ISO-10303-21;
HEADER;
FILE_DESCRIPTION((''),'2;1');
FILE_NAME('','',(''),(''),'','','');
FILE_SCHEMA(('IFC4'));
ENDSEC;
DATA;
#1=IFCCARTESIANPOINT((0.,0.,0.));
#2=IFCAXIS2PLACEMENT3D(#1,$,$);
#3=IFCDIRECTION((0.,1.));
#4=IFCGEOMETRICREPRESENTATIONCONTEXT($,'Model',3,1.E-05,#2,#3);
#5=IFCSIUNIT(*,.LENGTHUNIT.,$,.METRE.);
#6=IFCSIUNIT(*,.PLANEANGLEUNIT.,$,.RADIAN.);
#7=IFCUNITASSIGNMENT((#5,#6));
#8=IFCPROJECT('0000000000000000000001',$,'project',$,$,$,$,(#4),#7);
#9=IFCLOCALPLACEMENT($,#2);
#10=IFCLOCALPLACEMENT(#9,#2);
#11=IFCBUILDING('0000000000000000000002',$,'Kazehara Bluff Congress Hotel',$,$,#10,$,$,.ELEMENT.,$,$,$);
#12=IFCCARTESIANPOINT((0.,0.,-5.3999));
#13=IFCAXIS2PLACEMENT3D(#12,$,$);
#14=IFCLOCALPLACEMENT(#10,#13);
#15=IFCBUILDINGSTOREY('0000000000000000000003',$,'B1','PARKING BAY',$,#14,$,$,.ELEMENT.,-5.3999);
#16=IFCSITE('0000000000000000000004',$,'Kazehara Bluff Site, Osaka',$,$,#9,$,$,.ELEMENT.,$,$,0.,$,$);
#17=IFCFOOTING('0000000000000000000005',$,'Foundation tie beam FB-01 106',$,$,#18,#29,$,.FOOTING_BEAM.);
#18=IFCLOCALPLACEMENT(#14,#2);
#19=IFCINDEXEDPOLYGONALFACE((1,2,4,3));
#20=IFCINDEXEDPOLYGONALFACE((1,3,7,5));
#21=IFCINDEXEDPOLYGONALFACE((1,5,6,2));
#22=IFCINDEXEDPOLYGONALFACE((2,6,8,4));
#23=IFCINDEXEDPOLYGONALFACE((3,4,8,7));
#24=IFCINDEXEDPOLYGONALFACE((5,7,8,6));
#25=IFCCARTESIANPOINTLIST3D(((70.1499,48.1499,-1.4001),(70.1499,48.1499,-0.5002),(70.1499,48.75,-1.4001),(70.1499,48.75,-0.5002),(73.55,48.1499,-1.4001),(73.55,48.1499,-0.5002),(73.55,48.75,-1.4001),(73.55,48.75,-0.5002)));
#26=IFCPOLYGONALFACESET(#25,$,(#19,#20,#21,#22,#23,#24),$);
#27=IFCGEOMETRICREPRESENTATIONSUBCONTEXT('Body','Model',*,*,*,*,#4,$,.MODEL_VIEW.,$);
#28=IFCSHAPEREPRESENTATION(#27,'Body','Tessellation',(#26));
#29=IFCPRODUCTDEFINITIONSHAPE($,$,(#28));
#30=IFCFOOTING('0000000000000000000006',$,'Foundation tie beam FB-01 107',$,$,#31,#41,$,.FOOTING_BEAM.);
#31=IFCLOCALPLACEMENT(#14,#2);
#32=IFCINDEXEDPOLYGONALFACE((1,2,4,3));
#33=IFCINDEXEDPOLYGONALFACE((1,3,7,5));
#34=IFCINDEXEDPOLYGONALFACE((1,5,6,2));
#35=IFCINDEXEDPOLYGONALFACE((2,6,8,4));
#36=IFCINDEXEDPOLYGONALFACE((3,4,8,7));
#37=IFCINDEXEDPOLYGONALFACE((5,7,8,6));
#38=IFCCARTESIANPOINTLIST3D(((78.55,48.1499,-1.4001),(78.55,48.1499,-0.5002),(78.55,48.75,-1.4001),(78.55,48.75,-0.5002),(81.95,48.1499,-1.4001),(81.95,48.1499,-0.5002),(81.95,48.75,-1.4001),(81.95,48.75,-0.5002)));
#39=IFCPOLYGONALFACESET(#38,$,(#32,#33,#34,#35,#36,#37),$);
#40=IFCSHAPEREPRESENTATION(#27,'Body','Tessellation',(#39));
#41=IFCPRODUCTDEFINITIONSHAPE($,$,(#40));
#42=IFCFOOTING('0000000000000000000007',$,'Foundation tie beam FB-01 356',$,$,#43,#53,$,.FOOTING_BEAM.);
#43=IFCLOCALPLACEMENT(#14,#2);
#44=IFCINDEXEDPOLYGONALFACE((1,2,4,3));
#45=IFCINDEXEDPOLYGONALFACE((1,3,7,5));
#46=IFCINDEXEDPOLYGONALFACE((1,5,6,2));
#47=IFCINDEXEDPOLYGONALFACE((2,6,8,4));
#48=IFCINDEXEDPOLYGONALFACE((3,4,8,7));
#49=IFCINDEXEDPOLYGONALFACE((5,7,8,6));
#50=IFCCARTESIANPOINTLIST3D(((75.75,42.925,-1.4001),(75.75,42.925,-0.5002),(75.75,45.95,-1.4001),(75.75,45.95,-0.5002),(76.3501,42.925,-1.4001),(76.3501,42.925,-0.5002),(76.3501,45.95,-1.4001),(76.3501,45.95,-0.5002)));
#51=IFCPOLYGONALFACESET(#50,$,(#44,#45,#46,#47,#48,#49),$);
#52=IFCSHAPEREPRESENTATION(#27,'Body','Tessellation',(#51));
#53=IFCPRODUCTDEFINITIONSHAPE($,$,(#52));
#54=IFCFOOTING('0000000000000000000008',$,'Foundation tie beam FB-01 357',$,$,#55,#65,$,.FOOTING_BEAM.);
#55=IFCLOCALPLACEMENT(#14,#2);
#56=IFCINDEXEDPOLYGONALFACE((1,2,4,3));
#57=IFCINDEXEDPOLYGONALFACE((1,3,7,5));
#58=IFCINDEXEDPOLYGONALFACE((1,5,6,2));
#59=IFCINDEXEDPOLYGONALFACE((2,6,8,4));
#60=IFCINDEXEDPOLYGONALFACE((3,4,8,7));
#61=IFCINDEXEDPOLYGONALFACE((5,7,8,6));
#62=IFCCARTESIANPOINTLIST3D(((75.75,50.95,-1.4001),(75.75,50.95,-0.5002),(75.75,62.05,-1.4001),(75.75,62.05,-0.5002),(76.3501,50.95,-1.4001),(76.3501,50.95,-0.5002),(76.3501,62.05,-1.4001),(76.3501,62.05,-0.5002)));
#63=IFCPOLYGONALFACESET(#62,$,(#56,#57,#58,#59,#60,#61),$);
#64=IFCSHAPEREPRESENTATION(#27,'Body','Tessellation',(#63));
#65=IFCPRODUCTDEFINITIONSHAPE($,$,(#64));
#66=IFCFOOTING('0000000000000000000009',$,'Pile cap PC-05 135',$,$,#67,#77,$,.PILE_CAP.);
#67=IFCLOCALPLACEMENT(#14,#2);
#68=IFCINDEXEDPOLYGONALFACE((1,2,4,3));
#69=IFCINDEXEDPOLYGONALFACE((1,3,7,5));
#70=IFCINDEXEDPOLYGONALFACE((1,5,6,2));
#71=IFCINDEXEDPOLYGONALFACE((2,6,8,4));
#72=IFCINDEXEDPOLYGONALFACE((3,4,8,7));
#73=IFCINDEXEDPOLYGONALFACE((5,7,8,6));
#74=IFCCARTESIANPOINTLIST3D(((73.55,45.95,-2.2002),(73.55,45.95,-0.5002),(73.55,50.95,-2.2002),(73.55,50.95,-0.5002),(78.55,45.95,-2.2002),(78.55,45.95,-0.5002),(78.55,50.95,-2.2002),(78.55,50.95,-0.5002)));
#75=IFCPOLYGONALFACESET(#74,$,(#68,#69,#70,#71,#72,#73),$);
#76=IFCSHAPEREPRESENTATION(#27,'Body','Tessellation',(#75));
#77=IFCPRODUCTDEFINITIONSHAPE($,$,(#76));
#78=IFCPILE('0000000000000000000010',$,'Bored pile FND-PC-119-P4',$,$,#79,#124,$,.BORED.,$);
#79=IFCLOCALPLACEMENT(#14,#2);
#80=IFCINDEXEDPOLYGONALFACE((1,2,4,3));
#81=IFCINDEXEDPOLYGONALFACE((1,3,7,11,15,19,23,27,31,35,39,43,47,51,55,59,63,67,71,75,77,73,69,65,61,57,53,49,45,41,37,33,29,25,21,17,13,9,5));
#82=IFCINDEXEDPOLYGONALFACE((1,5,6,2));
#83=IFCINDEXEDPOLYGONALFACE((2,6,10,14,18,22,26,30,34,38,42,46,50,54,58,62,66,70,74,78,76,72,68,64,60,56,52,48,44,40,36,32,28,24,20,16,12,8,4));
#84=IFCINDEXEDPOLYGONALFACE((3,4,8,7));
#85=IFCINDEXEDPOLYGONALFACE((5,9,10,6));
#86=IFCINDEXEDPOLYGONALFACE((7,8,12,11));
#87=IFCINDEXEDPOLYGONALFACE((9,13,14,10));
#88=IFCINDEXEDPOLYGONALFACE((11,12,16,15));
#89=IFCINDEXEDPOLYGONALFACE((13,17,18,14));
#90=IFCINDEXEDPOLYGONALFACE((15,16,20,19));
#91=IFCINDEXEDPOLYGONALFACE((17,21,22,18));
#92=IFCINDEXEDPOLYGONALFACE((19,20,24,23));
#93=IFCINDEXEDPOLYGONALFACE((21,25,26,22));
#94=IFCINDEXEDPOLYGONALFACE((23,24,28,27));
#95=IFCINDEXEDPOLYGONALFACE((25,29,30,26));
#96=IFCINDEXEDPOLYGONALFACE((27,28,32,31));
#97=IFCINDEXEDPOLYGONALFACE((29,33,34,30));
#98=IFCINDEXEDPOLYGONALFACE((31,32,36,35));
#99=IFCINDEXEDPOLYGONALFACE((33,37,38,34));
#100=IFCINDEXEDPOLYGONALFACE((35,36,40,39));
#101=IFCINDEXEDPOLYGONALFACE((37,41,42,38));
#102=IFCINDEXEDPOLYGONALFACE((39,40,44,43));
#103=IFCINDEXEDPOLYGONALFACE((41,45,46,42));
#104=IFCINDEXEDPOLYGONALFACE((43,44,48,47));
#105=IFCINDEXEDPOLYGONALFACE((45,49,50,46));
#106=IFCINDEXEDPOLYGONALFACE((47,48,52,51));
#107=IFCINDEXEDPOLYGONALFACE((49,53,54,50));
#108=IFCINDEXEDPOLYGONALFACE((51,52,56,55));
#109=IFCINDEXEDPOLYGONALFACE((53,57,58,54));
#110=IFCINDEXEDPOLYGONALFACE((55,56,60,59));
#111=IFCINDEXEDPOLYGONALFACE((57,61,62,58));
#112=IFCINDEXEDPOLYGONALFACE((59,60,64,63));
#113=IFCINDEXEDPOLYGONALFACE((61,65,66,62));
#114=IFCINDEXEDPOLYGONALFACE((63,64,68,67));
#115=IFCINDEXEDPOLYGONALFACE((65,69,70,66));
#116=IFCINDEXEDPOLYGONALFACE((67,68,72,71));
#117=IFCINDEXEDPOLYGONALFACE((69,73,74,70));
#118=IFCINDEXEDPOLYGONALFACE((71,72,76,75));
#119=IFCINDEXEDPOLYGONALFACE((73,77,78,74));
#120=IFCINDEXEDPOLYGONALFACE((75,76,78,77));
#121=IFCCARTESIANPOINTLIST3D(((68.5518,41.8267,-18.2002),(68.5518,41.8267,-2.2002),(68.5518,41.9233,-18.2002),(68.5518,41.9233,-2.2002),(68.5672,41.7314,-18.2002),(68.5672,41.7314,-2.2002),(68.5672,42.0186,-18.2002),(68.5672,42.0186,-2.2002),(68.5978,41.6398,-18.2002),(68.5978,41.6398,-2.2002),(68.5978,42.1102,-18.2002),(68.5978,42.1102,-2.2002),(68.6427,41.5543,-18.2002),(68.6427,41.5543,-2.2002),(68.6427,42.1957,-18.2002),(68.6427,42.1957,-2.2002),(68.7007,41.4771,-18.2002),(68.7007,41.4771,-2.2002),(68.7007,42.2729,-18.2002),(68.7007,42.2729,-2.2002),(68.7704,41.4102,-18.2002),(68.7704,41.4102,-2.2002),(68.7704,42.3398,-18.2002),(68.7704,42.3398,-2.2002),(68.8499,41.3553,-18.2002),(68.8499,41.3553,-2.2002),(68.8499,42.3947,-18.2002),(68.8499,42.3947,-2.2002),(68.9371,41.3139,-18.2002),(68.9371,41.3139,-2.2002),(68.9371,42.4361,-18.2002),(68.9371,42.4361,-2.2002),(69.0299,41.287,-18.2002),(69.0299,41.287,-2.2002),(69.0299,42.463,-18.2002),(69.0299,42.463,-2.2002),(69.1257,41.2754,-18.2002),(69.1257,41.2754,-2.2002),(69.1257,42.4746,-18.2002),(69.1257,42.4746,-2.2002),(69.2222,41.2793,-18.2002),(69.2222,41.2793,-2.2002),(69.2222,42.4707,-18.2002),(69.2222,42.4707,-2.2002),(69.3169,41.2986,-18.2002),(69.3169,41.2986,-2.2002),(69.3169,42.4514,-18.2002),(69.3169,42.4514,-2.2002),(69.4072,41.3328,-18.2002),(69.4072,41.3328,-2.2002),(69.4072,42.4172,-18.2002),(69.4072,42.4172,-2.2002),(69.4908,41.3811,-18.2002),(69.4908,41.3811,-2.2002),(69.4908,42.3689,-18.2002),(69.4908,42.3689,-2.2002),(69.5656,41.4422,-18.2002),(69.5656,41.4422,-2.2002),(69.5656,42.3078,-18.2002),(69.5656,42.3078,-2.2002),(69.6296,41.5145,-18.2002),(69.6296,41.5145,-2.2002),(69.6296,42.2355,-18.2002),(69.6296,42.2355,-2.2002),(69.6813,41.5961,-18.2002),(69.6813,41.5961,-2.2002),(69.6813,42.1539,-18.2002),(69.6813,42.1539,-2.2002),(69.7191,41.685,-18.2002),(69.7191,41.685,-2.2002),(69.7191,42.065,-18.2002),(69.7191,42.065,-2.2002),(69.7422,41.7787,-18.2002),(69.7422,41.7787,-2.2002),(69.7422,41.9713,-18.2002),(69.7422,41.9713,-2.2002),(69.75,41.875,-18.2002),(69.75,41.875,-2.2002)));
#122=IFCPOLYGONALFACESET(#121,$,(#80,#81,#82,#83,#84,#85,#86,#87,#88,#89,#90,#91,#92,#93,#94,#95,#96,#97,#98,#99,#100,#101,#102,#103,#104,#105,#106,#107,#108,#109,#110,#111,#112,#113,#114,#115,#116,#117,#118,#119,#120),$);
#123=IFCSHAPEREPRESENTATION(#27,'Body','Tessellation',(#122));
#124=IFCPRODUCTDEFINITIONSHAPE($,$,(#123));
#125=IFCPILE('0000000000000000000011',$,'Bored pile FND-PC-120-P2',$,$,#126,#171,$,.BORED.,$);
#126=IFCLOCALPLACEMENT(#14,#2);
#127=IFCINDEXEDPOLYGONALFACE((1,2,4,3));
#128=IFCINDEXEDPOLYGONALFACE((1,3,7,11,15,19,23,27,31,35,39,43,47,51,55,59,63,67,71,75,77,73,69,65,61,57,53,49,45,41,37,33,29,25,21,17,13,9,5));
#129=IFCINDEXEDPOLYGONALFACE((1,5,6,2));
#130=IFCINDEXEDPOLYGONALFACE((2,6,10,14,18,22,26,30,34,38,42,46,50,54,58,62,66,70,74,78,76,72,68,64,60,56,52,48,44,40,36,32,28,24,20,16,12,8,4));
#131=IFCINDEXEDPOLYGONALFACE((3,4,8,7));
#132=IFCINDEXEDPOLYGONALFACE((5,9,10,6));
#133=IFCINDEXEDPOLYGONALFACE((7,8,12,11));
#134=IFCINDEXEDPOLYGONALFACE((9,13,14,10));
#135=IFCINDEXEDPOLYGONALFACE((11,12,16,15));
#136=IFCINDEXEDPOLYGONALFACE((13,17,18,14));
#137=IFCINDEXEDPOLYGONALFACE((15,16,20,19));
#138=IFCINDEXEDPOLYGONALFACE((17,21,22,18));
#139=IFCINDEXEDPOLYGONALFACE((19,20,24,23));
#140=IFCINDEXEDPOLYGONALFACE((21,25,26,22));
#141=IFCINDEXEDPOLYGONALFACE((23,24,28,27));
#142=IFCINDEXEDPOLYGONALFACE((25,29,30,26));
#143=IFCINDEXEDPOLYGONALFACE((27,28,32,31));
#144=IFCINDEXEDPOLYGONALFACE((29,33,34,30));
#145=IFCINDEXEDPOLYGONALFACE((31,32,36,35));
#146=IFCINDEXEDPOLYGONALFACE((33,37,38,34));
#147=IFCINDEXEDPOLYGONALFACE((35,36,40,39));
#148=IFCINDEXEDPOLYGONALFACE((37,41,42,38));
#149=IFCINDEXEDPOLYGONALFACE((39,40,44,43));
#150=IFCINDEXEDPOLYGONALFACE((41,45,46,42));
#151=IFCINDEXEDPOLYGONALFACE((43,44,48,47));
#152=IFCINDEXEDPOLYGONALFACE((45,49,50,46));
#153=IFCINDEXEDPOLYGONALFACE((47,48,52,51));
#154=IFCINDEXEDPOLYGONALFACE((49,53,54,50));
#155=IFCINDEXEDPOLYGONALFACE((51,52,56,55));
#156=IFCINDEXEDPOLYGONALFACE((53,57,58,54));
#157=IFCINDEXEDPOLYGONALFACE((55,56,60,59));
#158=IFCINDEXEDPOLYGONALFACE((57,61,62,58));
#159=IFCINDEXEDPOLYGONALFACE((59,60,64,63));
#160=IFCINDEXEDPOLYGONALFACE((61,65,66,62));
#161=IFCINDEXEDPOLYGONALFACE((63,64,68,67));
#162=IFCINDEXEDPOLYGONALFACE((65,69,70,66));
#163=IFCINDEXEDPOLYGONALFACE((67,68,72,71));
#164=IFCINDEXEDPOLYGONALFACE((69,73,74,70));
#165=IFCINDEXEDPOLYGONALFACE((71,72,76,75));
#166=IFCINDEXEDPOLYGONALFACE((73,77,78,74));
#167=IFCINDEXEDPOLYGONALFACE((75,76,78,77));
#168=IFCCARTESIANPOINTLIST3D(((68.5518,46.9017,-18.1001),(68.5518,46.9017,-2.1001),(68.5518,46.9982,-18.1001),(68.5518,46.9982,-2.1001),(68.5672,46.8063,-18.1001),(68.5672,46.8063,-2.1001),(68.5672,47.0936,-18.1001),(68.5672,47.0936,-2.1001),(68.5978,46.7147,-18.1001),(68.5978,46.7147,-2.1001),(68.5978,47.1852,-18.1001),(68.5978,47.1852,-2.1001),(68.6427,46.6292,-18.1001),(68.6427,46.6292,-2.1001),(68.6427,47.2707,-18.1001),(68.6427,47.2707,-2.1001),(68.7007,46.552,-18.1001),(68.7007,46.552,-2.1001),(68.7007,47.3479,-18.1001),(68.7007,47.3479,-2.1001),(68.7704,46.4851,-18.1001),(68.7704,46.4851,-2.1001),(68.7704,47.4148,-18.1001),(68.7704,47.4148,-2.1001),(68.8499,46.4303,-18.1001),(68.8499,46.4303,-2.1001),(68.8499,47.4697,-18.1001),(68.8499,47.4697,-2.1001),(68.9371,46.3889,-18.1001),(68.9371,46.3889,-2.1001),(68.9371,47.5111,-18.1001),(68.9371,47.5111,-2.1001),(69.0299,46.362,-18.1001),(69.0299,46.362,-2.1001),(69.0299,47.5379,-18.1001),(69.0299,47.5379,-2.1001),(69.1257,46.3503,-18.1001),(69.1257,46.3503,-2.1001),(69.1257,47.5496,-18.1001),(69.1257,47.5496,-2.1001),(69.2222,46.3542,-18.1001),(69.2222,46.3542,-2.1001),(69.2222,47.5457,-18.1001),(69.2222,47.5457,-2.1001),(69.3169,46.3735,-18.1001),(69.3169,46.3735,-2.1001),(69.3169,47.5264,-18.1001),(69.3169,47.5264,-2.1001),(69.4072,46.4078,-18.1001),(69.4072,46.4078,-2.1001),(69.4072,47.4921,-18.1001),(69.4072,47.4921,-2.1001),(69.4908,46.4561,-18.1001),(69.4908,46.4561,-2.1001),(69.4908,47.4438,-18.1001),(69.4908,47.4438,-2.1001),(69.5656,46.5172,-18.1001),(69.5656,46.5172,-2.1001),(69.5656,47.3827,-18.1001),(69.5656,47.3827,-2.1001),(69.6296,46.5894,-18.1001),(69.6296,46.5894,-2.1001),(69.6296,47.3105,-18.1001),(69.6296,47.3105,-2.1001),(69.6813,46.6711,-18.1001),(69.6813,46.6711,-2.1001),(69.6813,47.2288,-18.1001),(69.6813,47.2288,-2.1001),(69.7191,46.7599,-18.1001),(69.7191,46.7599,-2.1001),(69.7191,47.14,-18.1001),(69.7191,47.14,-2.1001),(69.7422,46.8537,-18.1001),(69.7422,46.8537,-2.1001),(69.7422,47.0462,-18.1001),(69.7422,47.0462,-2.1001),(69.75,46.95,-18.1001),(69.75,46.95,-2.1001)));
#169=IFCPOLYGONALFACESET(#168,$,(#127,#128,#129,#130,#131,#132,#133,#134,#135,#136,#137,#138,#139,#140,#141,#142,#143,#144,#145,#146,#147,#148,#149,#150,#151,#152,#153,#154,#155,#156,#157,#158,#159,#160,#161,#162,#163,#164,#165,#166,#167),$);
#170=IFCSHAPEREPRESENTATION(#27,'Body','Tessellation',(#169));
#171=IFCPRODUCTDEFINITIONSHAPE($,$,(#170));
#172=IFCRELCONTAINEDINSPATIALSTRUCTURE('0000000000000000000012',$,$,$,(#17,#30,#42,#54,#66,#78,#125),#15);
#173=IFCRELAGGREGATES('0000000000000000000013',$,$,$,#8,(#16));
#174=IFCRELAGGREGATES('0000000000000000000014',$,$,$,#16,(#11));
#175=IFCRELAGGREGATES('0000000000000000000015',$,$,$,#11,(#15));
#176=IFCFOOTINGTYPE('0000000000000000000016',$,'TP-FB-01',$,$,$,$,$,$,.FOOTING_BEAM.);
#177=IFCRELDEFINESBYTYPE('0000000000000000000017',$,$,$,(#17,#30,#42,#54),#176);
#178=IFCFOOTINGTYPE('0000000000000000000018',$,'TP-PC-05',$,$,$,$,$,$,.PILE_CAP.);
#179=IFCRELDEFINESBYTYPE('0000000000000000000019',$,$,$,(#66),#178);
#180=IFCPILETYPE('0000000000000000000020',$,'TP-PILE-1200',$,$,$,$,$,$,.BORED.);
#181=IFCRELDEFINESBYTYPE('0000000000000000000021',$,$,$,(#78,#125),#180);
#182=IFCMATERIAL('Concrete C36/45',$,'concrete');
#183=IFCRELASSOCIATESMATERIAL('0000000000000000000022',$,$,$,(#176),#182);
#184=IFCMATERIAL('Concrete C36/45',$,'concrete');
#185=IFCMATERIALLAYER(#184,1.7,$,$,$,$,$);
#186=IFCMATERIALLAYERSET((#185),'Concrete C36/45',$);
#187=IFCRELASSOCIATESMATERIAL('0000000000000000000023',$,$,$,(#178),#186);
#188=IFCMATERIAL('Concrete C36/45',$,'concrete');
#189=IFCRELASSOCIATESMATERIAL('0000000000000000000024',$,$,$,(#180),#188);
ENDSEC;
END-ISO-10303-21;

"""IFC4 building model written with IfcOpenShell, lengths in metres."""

from ifc_helpers import new_model, si_unit, direction, frame, origin, origin_2d, place, context, subcontext, project, spatial, rectangle, circle, extrude, material, layer, layer_set, material_profile, profile_set, type_object, element, save


model = new_model("IFC4")

# Units and contexts
model_context = context("Model", 3, precision=1e-05, world=origin(), true_north=direction((0.0, 1.0)))
body_context = subcontext(model_context, "Body", "Model", "MODEL_VIEW")
ifc_project = project(units=[si_unit("LENGTHUNIT", "METRE"), si_unit("PLANEANGLEUNIT", "RADIAN")], contexts=[model_context])

# Site, building, storey
site_placement = place(None, origin())
site = spatial("IfcSite", under=ifc_project, at=site_placement, Name="Kazehara Bluff Site, Osaka", CompositionType="ELEMENT", RefElevation=0.0)
building_placement = place(site_placement, origin())
building = spatial("IfcBuilding", under=site, at=building_placement, Name="Kazehara Bluff Congress Hotel", CompositionType="ELEMENT")
storey_placement = place(building_placement, frame((0.0, 0.0, -5.3999)))
storey = spatial("IfcBuildingStorey", under=building, at=storey_placement, Name="B1", Description="PARKING BAY", CompositionType="ELEMENT", Elevation=-5.3999)

# Footings
ifc_material_1 = material(Name="Concrete C36/45", Category="concrete")
ifc_material_profile_1 = material_profile(ifc_material_1, rectangle(XDim=0.6001, YDim=0.8999, at=origin_2d()))
ifc_profile_set_1 = profile_set([ifc_material_profile_1], Name="Concrete C36/45")
footing_type_1 = type_object("IfcFootingType", Name="TP-FB-01", PredefinedType="FOOTING_BEAM", material=ifc_profile_set_1)
footing_1_placement = place(storey_placement, frame((70.1499, 48.45, -0.9502), z_axis=(1.0, 0.0, 0.0), x_axis=(0.0, 1.0, 0.0)))
element("IfcFooting", 1, at=footing_1_placement, inside=storey, type_object=footing_type_1, Name="Foundation tie beam FB-01 106", PredefinedType="FOOTING_BEAM", context=body_context, shape_type="SweptSolid", body=[
    extrude(rectangle(XDim=0.6001, YDim=0.8999, at=origin_2d()), origin(), (0.0, 0.0, 1.0), 3.4001),
])
footing_2_placement = place(storey_placement, frame((78.55, 48.45, -0.9502), z_axis=(1.0, 0.0, 0.0), x_axis=(0.0, 1.0, 0.0)))
element("IfcFooting", 2, at=footing_2_placement, inside=storey, type_object=footing_type_1, Name="Foundation tie beam FB-01 107", PredefinedType="FOOTING_BEAM", context=body_context, shape_type="SweptSolid", body=[
    extrude(rectangle(XDim=0.6001, YDim=0.8999, at=origin_2d()), origin(), (0.0, 0.0, 1.0), 3.3999),
])
footing_3_placement = place(storey_placement, frame((76.05, 42.925, -0.9502), z_axis=(0.0, 1.0, 0.0), x_axis=(-1.0, 0.0, 0.0)))
element("IfcFooting", 3, at=footing_3_placement, inside=storey, type_object=footing_type_1, Name="Foundation tie beam FB-01 356", PredefinedType="FOOTING_BEAM", context=body_context, shape_type="SweptSolid", body=[
    extrude(rectangle(XDim=0.6001, YDim=0.8999, at=origin_2d()), origin(), (0.0, 0.0, 1.0), 3.0249),
])
footing_4_placement = place(storey_placement, frame((76.05, 50.95, -0.9502), z_axis=(0.0, 1.0, 0.0), x_axis=(-1.0, 0.0, 0.0)))
element("IfcFooting", 4, at=footing_4_placement, inside=storey, type_object=footing_type_1, Name="Foundation tie beam FB-01 357", PredefinedType="FOOTING_BEAM", context=body_context, shape_type="SweptSolid", body=[
    extrude(rectangle(XDim=0.6001, YDim=0.8999, at=origin_2d()), origin(), (0.0, 0.0, 1.0), 11.1001),
])
ifc_material_2 = material(Name="Concrete C36/45", Category="concrete")
ifc_layer_1 = layer(ifc_material_2, 1.7)
ifc_layer_set_1 = layer_set([ifc_layer_1], Name="Concrete C36/45")
footing_type_2 = type_object("IfcFootingType", Name="TP-PC-05", PredefinedType="PILE_CAP", material=ifc_layer_set_1)
footing_5_placement = place(storey_placement, frame((76.05, 48.45, -2.2002), z_axis=(0.0, 0.0, 1.0), x_axis=(1.0, 0.0, 0.0)))
element("IfcFooting", 5, at=footing_5_placement, inside=storey, type_object=footing_type_2, Name="Pile cap PC-05 135", PredefinedType="PILE_CAP", context=body_context, shape_type="SweptSolid", body=[
    extrude(rectangle(XDim=5.0, YDim=5.0, at=origin_2d()), origin(), (0.0, 0.0, 1.0), 1.7),
])

# Piles
ifc_material_3 = material(Name="Concrete C36/45", Category="concrete")
ifc_material_profile_2 = material_profile(ifc_material_3, circle(Radius=0.6001, at=origin_2d()))
ifc_profile_set_2 = profile_set([ifc_material_profile_2], Name="Concrete C36/45")
pile_type = type_object("IfcPileType", Name="TP-PILE-1200", PredefinedType="BORED", material=ifc_profile_set_2)
for number, where, z_axis, x_axis, name in (
    (6, (69.1499, 41.875, -2.2002), (0.0, 0.0, -1.0), (1.0, 0.0, 0.0), "Bored pile FND-PC-119-P4"),
    (7, (69.1499, 46.95, -2.1001), (0.0, 0.0, -1.0), (1.0, 0.0, 0.0), "Bored pile FND-PC-120-P2"),
):
    element("IfcPile", number, at=place(storey_placement, frame(where, z_axis=z_axis, x_axis=x_axis)), inside=storey, type_object=pile_type, Name=name, PredefinedType="BORED", context=body_context, shape_type="SweptSolid", body=[
        extrude(circle(Radius=0.6001, at=origin_2d()), origin(), (0.0, 0.0, 1.0), 16.0),
    ])

save(model, "model.ifc")
